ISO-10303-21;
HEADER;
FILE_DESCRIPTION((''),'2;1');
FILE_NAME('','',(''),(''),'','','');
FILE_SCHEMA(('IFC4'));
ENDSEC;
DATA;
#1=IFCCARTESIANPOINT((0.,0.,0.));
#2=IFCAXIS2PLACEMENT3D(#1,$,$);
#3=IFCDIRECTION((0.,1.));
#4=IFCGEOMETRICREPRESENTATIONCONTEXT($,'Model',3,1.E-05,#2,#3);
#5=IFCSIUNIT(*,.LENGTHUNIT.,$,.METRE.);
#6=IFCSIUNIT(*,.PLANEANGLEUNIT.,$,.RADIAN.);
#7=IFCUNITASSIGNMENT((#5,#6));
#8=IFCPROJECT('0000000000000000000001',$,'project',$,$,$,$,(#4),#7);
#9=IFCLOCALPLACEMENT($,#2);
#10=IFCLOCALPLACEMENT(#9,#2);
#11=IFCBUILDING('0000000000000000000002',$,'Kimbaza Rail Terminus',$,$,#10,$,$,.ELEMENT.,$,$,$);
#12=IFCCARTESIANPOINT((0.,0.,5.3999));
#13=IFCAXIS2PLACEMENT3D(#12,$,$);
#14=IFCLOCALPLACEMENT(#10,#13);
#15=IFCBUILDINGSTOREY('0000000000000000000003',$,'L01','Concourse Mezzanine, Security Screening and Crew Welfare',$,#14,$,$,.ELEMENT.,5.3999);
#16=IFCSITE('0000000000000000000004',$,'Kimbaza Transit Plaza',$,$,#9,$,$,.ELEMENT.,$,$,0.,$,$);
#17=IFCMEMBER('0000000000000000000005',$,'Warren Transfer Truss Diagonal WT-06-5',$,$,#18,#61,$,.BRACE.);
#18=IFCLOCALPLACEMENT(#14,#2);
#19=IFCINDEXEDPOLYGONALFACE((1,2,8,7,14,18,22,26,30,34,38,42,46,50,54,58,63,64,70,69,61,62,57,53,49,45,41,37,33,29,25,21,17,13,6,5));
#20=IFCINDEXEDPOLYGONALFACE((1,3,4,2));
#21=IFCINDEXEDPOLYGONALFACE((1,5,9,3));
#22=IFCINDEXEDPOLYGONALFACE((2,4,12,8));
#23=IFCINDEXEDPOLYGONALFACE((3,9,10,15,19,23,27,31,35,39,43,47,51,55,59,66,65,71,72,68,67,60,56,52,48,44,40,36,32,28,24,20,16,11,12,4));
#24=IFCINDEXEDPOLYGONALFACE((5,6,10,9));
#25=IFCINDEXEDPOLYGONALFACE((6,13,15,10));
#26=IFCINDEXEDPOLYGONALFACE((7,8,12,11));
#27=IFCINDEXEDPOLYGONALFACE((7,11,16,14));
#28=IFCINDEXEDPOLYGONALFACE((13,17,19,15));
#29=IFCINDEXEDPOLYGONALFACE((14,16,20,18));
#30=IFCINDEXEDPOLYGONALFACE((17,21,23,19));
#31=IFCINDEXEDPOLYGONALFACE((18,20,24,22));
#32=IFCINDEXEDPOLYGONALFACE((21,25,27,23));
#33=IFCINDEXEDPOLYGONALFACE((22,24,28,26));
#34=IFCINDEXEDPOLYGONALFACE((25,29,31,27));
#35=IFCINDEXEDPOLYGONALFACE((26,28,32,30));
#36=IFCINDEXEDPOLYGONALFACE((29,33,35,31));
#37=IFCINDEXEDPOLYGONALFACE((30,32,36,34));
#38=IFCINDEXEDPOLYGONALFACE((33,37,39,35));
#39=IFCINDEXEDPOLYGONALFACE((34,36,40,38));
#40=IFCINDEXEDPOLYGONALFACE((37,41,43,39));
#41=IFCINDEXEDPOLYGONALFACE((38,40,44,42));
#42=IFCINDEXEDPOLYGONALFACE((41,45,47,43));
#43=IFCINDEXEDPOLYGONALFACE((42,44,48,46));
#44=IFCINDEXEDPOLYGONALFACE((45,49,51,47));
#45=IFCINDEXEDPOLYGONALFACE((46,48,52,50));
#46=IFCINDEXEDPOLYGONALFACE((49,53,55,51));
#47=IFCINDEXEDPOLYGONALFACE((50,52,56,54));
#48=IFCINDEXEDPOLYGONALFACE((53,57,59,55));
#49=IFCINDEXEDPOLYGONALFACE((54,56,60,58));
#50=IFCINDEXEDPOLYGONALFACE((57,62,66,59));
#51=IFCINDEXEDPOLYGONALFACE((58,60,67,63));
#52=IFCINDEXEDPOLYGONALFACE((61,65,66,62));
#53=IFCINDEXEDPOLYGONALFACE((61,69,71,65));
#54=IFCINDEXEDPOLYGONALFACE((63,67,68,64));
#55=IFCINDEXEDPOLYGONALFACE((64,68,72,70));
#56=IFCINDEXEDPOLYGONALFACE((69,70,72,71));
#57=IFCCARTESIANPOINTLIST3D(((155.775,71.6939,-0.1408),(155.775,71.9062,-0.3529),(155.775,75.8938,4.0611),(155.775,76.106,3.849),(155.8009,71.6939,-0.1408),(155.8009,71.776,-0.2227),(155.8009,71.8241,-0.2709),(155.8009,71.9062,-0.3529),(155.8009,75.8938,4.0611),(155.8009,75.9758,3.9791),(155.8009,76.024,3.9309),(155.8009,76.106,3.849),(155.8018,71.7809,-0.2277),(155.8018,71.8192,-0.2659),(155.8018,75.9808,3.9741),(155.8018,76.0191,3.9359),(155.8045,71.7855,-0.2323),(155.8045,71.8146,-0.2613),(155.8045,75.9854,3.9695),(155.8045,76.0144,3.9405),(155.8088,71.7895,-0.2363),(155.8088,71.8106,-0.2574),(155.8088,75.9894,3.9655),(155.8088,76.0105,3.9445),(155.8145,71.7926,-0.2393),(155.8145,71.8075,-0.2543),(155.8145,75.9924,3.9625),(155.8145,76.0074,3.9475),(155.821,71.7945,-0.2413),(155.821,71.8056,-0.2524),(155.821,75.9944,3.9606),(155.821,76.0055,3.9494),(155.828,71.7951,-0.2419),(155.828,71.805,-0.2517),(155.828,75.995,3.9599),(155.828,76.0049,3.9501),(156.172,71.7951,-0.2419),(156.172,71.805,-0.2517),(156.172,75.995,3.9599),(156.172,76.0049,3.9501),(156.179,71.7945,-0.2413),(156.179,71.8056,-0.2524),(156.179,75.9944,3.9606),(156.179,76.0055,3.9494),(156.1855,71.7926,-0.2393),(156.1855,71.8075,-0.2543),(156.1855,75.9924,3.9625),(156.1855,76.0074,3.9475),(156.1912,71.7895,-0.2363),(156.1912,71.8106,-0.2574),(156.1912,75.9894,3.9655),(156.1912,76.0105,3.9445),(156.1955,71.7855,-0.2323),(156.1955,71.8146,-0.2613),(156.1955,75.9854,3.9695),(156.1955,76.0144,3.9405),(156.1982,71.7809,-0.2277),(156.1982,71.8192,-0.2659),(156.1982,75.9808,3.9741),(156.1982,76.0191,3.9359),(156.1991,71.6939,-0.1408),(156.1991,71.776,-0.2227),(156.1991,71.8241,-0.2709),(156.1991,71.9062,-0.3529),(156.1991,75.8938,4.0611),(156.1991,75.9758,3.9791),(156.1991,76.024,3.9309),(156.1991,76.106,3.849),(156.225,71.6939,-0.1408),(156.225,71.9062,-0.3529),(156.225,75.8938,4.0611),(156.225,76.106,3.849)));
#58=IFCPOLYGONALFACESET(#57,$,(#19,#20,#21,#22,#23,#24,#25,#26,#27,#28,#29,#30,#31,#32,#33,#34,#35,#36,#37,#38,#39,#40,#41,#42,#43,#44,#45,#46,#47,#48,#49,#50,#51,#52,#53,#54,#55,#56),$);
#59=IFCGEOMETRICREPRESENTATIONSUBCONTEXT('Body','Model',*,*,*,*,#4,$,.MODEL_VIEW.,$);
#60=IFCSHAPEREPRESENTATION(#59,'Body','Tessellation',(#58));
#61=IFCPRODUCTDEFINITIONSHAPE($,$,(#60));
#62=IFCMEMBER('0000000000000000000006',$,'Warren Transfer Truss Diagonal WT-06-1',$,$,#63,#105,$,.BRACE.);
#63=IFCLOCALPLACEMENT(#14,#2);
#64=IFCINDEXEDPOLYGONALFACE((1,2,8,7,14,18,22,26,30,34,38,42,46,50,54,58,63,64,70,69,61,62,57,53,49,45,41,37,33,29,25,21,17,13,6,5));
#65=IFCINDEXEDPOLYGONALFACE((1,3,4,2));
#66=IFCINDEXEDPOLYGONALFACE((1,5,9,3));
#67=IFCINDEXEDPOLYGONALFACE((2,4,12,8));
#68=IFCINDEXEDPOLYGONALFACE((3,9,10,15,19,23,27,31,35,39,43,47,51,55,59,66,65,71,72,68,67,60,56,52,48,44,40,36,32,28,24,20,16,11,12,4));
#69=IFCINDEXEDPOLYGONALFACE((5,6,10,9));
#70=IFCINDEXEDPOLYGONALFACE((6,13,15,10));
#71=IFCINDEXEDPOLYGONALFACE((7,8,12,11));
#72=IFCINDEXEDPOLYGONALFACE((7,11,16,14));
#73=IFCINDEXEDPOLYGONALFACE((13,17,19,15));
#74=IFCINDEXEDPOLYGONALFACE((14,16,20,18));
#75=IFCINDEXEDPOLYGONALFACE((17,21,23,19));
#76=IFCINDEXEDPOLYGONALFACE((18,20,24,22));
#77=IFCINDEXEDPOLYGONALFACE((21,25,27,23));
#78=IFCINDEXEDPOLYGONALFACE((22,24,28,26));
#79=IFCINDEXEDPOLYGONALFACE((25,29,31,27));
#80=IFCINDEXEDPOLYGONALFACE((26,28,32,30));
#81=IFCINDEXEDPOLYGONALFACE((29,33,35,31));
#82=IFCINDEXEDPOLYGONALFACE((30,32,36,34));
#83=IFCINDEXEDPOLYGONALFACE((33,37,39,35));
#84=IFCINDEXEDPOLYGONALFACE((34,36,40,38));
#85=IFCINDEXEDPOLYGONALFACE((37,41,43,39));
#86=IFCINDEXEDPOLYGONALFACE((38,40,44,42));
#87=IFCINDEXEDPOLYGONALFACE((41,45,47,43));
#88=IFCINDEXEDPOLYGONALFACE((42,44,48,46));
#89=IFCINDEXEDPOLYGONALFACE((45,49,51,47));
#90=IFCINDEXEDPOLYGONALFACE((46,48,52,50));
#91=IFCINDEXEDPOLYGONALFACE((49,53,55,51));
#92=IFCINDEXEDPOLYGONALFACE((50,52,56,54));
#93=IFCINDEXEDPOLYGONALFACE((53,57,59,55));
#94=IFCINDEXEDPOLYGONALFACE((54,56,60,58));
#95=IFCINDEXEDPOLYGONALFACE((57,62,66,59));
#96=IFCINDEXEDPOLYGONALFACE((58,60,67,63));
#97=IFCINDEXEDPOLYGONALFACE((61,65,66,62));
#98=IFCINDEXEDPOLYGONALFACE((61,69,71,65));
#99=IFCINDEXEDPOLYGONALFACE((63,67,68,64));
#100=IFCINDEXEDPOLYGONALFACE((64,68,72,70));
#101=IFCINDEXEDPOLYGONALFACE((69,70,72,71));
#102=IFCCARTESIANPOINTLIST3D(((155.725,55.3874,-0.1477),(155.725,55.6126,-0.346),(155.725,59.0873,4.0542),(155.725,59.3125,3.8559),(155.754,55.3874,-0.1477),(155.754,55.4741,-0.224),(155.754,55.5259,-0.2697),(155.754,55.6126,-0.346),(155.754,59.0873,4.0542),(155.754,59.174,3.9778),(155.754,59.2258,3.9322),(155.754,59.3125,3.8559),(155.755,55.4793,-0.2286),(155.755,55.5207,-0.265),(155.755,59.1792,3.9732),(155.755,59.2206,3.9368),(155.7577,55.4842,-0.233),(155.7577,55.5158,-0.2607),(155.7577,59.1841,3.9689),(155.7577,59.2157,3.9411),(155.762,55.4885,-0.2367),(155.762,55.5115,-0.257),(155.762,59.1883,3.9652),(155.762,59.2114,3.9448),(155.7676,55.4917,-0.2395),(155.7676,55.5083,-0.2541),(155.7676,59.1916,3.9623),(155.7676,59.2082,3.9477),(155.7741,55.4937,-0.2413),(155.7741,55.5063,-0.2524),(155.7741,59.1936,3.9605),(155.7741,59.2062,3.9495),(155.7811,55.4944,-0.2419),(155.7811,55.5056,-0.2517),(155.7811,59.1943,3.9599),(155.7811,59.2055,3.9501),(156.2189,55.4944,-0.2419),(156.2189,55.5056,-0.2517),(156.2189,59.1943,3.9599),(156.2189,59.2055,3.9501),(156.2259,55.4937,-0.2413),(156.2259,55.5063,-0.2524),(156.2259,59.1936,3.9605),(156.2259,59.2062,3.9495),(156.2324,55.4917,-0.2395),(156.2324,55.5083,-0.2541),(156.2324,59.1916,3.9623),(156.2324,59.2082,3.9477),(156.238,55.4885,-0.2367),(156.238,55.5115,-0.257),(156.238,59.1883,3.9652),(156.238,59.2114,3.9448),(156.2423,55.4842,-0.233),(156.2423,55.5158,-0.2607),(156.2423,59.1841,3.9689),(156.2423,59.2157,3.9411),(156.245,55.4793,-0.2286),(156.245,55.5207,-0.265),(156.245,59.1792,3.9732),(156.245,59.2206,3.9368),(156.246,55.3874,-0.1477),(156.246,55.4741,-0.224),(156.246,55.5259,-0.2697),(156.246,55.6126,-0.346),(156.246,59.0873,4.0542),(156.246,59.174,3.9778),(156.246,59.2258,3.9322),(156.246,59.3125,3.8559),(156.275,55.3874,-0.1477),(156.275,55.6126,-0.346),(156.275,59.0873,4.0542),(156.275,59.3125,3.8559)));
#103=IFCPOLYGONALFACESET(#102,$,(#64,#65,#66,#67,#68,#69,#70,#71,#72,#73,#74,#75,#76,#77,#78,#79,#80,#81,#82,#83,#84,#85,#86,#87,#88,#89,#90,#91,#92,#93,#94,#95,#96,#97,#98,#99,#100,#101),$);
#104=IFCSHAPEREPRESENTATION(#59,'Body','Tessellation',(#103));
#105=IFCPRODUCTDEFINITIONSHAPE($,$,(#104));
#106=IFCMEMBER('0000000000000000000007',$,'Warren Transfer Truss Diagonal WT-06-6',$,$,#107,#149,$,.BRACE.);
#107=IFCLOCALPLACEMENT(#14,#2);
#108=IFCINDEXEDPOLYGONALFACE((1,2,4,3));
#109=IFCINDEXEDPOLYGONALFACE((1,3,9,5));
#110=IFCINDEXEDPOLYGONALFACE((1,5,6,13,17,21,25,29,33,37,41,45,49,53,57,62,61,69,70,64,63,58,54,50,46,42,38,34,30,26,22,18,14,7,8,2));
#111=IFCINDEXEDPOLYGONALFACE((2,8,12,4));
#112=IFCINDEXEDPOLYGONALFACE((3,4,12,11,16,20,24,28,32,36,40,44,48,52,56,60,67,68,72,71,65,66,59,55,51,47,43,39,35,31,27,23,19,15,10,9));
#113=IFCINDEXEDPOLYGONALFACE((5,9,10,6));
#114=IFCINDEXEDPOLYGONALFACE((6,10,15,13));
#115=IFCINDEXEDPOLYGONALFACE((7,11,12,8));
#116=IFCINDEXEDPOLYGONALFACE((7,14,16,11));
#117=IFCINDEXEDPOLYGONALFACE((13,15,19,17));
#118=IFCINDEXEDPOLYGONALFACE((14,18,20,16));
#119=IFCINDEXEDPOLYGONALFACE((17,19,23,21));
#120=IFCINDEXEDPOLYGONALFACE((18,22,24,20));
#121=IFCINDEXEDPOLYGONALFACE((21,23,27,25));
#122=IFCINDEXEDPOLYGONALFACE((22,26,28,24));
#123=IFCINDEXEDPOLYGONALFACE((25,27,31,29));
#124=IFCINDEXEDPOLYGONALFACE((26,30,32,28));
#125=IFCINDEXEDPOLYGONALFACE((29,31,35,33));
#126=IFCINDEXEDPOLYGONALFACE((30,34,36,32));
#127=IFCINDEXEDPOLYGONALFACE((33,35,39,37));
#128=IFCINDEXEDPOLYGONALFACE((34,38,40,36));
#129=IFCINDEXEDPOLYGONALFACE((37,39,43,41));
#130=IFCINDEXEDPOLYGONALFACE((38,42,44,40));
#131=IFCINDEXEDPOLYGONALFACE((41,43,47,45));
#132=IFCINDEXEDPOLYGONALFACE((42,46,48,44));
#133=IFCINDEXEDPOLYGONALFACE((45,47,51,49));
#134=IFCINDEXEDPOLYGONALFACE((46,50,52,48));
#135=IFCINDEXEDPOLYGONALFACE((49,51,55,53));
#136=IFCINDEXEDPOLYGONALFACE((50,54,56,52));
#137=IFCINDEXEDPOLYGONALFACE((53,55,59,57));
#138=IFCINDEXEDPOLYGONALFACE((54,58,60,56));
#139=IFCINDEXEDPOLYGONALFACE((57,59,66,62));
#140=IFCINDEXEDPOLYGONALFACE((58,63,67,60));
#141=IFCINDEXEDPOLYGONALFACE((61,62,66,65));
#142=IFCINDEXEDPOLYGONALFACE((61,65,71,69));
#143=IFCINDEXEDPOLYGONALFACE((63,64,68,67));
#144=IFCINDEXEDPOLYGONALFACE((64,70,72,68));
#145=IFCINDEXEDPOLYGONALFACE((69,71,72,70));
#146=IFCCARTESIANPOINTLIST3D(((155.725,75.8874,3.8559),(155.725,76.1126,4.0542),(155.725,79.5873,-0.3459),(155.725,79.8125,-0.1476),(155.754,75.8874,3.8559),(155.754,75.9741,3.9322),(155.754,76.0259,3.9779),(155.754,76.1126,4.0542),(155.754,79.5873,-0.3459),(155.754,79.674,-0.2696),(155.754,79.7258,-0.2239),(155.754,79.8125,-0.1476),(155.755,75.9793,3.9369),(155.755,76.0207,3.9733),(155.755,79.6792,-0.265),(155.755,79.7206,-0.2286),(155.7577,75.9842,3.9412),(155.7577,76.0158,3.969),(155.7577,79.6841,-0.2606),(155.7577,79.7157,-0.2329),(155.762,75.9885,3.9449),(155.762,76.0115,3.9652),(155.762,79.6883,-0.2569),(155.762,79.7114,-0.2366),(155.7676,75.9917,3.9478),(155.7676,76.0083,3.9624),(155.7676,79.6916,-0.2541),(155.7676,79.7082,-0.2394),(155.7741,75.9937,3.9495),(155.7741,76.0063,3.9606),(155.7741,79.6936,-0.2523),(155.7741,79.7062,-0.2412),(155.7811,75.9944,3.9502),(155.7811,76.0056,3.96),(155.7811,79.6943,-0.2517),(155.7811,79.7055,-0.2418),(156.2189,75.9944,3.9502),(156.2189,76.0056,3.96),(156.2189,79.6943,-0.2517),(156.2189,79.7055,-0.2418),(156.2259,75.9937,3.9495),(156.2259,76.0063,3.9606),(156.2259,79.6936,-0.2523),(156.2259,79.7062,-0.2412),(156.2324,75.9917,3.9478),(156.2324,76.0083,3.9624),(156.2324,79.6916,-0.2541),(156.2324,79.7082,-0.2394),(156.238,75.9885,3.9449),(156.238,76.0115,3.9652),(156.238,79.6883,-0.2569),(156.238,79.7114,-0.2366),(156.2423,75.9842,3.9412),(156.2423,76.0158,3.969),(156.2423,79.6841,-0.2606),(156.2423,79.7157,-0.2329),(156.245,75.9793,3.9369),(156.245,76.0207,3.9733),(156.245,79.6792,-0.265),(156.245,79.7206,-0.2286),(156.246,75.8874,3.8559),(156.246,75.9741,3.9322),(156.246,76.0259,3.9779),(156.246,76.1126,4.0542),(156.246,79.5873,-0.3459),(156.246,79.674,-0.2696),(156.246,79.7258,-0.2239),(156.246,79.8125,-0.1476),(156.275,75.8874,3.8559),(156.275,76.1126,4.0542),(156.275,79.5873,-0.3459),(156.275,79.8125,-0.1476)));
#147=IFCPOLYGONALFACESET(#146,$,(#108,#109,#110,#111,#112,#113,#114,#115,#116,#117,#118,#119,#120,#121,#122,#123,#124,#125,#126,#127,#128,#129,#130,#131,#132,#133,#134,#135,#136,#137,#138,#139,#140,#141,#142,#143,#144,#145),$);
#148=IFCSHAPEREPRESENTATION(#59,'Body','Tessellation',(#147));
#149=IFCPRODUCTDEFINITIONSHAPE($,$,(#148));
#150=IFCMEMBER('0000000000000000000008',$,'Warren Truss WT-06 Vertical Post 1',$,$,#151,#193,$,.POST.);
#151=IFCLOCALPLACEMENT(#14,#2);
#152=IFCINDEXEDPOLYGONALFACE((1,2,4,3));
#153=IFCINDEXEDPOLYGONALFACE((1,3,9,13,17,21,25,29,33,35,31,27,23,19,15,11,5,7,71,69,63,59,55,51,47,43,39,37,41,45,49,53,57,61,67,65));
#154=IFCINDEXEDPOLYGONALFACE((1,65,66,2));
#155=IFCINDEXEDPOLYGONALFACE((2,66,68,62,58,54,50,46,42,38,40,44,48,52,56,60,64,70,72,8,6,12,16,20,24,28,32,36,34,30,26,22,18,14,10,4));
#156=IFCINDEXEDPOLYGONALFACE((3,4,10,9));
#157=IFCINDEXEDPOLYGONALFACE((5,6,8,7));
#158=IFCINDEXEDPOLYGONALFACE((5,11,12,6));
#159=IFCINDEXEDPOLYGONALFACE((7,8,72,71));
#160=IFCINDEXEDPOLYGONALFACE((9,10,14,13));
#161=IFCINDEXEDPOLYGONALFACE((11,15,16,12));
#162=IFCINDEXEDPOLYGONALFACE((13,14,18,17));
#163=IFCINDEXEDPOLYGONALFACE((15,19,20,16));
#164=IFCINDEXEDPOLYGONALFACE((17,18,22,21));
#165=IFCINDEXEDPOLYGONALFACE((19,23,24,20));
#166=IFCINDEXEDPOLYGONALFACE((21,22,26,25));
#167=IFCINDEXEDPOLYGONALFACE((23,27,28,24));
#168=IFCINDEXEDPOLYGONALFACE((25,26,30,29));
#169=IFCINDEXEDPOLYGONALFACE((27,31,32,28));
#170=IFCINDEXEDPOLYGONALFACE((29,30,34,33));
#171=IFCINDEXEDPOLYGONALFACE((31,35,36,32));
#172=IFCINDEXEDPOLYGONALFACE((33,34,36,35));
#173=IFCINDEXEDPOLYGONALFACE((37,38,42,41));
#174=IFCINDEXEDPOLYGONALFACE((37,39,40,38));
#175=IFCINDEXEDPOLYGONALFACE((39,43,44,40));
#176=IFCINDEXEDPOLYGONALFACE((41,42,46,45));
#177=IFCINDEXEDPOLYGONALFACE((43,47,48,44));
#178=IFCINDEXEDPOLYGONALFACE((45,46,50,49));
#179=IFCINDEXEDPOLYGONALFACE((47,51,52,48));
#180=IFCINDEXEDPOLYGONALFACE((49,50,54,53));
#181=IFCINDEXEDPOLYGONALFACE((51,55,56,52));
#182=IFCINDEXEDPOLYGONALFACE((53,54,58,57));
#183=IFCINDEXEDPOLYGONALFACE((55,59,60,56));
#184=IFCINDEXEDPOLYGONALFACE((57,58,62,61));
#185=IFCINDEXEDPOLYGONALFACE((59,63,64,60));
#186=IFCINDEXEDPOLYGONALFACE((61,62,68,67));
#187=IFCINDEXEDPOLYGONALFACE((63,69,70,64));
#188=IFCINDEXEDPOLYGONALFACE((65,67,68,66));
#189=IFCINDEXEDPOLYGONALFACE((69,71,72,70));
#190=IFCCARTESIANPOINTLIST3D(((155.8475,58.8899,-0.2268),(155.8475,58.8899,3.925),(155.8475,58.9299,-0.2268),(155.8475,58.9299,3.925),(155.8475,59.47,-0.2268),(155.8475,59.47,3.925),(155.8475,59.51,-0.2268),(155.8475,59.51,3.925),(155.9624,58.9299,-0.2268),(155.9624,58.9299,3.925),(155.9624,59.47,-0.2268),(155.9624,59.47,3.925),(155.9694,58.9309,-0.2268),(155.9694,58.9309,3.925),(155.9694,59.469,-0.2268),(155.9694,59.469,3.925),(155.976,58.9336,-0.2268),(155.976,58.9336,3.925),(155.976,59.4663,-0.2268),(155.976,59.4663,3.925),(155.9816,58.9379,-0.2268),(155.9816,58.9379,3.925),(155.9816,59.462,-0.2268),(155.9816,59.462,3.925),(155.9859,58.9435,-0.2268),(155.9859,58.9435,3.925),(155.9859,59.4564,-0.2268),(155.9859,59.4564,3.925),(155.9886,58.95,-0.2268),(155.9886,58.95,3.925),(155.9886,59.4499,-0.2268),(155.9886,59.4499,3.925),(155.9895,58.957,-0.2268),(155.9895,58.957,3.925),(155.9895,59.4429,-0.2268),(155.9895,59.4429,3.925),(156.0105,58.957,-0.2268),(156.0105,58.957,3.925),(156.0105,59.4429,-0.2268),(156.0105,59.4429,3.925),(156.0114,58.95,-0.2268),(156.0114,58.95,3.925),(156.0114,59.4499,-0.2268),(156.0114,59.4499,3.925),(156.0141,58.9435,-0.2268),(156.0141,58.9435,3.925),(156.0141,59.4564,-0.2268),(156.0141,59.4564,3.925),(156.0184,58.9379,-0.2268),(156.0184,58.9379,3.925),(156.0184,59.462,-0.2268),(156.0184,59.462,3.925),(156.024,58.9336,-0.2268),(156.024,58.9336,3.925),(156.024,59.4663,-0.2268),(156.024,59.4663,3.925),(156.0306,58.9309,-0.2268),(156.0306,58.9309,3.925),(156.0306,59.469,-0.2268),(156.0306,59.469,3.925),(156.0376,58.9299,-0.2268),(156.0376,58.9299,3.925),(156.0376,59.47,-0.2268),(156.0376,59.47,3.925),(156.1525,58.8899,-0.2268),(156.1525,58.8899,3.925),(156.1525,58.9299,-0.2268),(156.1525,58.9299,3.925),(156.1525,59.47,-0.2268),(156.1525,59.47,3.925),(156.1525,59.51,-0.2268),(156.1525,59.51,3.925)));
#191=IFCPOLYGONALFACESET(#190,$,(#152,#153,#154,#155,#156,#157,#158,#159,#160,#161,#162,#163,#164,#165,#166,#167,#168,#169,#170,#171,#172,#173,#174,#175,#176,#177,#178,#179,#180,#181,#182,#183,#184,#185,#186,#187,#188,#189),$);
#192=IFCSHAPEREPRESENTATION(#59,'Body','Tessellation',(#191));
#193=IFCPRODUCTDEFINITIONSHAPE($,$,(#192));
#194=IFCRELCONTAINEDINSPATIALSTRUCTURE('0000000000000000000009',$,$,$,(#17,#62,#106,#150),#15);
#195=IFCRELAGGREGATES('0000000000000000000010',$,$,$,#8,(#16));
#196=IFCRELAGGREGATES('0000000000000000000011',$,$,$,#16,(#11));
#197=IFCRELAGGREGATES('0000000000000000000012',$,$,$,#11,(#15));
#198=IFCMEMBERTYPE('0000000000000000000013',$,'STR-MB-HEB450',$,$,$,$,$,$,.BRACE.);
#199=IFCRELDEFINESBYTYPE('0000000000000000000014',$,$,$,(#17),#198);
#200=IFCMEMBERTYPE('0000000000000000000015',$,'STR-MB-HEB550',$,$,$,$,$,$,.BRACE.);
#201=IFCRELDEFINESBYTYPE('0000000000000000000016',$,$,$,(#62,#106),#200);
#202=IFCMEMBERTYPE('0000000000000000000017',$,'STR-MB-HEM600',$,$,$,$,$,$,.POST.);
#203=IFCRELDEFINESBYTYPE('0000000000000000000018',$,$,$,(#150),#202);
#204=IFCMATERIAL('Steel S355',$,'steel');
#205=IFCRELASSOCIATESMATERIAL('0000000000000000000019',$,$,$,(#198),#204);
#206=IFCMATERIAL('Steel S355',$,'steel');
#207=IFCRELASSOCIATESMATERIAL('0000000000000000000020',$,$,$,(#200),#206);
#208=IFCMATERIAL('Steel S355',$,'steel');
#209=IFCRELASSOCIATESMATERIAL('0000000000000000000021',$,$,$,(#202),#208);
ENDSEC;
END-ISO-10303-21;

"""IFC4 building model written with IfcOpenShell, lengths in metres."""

from ifc_helpers import new_model, si_unit, direction, frame, origin, origin_2d, place, context, subcontext, project, spatial, i_section, extrude, material, material_profile, profile_set, type_object, element, save


model = new_model("IFC4")

# Units and contexts
model_context = context("Model", 3, precision=1e-05, world=origin(), true_north=direction((0.0, 1.0)))
body_context = subcontext(model_context, "Body", "Model", "MODEL_VIEW")
ifc_project = project(units=[si_unit("LENGTHUNIT", "METRE"), si_unit("PLANEANGLEUNIT", "RADIAN")], contexts=[model_context])

# Site, building, storey
site_placement = place(None, origin())
site = spatial("IfcSite", under=ifc_project, at=site_placement, Name="Kimbaza Transit Plaza", CompositionType="ELEMENT", RefElevation=0.0)
building_placement = place(site_placement, origin())
building = spatial("IfcBuilding", under=site, at=building_placement, Name="Kimbaza Rail Terminus", CompositionType="ELEMENT")
storey_placement = place(building_placement, frame((0.0, 0.0, 5.3999)))
storey = spatial("IfcBuildingStorey", under=building, at=storey_placement, Name="L01", Description="Concourse Mezzanine, Security Screening and Crew Welfare", CompositionType="ELEMENT", Elevation=5.3999)

# Members
ifc_material_1 = material(Name="Steel S355", Category="steel")
ifc_material_profile_1 = material_profile(ifc_material_1, i_section(OverallWidth=0.3, OverallDepth=0.45, WebThickness=0.0139, FlangeThickness=0.0259, FilletRadius=0.0271, at=origin_2d()), Name="HEB 450")
ifc_profile_set_1 = profile_set([ifc_material_profile_1], Name="Steel S355")
member_type_1 = type_object("IfcMemberType", Name="STR-MB-HEB450", PredefinedType="BRACE", material=ifc_profile_set_1)
for number, where, z_axis, x_axis, name in (
    (1, (156.0, 71.8, -0.2468), (0.0, 0.706942, 0.707271), (0.0, -0.707271, 0.706942), "Warren Transfer Truss Diagonal WT-06-5"),
):
    element("IfcMember", number, at=place(storey_placement, frame(where, z_axis=z_axis, x_axis=x_axis)), inside=storey, type_object=member_type_1, Name=name, PredefinedType="BRACE", context=body_context, shape_type="SweptSolid", body=[
        extrude(i_section(OverallWidth=0.3, OverallDepth=0.45, WebThickness=0.0139, FlangeThickness=0.0259, FilletRadius=0.0271, at=origin_2d()), origin(), (0.0, 0.0, 1.0), 5.9409),
    ])
ifc_material_2 = material(Name="Steel S355", Category="steel")
ifc_material_profile_2 = material_profile(ifc_material_2, i_section(OverallWidth=0.3, OverallDepth=0.55, WebThickness=0.0149, FlangeThickness=0.0291, FilletRadius=0.0271, at=origin_2d()), Name="HEB 550")
ifc_profile_set_2 = profile_set([ifc_material_profile_2], Name="Steel S355")
member_type_2 = type_object("IfcMemberType", Name="STR-MB-HEB550", PredefinedType="BRACE", material=ifc_profile_set_2)
for number, where, z_axis, x_axis, name in (
    (2, (156.0, 55.5, -0.2468), (0.0, 0.660857, 0.750512), (0.0, -0.750512, 0.660857), "Warren Transfer Truss Diagonal WT-06-1"),
    (3, (156.0, 76.0, 3.9551), (0.0, 0.660857, -0.750512), (0.0, 0.750512, 0.660857), "Warren Transfer Truss Diagonal WT-06-6"),
):
    element("IfcMember", number, at=place(storey_placement, frame(where, z_axis=z_axis, x_axis=x_axis)), inside=storey, type_object=member_type_2, Name=name, PredefinedType="BRACE", context=body_context, shape_type="SweptSolid", body=[
        extrude(i_section(OverallWidth=0.3, OverallDepth=0.55, WebThickness=0.0149, FlangeThickness=0.0291, FilletRadius=0.0271, at=origin_2d()), origin(), (0.0, 0.0, 1.0), 5.5986),
    ])
ifc_material_3 = material(Name="Steel S355", Category="steel")
ifc_material_profile_3 = material_profile(ifc_material_3, i_section(OverallWidth=0.3049, OverallDepth=0.6201, WebThickness=0.021, FlangeThickness=0.04, FilletRadius=0.0271, at=origin_2d()), Name="HEM 600")
ifc_profile_set_3 = profile_set([ifc_material_profile_3], Name="Steel S355")
member_type_3 = type_object("IfcMemberType", Name="STR-MB-HEM600", PredefinedType="POST", material=ifc_profile_set_3)
for number, where, z_axis, x_axis, name in (
    (4, (156.0, 59.2, -0.2268), (0.0, 0.0, 1.0), (1.0, 0.0, 0.0), "Warren Truss WT-06 Vertical Post 1"),
):
    element("IfcMember", number, at=place(storey_placement, frame(where, z_axis=z_axis, x_axis=x_axis)), inside=storey, type_object=member_type_3, Name=name, PredefinedType="POST", context=body_context, shape_type="SweptSolid", body=[
        extrude(i_section(OverallWidth=0.3049, OverallDepth=0.6201, WebThickness=0.021, FlangeThickness=0.04, FilletRadius=0.0271, at=origin_2d()), origin(), (0.0, 0.0, 1.0), 4.1519),
    ])

save(model, "model.ifc")
